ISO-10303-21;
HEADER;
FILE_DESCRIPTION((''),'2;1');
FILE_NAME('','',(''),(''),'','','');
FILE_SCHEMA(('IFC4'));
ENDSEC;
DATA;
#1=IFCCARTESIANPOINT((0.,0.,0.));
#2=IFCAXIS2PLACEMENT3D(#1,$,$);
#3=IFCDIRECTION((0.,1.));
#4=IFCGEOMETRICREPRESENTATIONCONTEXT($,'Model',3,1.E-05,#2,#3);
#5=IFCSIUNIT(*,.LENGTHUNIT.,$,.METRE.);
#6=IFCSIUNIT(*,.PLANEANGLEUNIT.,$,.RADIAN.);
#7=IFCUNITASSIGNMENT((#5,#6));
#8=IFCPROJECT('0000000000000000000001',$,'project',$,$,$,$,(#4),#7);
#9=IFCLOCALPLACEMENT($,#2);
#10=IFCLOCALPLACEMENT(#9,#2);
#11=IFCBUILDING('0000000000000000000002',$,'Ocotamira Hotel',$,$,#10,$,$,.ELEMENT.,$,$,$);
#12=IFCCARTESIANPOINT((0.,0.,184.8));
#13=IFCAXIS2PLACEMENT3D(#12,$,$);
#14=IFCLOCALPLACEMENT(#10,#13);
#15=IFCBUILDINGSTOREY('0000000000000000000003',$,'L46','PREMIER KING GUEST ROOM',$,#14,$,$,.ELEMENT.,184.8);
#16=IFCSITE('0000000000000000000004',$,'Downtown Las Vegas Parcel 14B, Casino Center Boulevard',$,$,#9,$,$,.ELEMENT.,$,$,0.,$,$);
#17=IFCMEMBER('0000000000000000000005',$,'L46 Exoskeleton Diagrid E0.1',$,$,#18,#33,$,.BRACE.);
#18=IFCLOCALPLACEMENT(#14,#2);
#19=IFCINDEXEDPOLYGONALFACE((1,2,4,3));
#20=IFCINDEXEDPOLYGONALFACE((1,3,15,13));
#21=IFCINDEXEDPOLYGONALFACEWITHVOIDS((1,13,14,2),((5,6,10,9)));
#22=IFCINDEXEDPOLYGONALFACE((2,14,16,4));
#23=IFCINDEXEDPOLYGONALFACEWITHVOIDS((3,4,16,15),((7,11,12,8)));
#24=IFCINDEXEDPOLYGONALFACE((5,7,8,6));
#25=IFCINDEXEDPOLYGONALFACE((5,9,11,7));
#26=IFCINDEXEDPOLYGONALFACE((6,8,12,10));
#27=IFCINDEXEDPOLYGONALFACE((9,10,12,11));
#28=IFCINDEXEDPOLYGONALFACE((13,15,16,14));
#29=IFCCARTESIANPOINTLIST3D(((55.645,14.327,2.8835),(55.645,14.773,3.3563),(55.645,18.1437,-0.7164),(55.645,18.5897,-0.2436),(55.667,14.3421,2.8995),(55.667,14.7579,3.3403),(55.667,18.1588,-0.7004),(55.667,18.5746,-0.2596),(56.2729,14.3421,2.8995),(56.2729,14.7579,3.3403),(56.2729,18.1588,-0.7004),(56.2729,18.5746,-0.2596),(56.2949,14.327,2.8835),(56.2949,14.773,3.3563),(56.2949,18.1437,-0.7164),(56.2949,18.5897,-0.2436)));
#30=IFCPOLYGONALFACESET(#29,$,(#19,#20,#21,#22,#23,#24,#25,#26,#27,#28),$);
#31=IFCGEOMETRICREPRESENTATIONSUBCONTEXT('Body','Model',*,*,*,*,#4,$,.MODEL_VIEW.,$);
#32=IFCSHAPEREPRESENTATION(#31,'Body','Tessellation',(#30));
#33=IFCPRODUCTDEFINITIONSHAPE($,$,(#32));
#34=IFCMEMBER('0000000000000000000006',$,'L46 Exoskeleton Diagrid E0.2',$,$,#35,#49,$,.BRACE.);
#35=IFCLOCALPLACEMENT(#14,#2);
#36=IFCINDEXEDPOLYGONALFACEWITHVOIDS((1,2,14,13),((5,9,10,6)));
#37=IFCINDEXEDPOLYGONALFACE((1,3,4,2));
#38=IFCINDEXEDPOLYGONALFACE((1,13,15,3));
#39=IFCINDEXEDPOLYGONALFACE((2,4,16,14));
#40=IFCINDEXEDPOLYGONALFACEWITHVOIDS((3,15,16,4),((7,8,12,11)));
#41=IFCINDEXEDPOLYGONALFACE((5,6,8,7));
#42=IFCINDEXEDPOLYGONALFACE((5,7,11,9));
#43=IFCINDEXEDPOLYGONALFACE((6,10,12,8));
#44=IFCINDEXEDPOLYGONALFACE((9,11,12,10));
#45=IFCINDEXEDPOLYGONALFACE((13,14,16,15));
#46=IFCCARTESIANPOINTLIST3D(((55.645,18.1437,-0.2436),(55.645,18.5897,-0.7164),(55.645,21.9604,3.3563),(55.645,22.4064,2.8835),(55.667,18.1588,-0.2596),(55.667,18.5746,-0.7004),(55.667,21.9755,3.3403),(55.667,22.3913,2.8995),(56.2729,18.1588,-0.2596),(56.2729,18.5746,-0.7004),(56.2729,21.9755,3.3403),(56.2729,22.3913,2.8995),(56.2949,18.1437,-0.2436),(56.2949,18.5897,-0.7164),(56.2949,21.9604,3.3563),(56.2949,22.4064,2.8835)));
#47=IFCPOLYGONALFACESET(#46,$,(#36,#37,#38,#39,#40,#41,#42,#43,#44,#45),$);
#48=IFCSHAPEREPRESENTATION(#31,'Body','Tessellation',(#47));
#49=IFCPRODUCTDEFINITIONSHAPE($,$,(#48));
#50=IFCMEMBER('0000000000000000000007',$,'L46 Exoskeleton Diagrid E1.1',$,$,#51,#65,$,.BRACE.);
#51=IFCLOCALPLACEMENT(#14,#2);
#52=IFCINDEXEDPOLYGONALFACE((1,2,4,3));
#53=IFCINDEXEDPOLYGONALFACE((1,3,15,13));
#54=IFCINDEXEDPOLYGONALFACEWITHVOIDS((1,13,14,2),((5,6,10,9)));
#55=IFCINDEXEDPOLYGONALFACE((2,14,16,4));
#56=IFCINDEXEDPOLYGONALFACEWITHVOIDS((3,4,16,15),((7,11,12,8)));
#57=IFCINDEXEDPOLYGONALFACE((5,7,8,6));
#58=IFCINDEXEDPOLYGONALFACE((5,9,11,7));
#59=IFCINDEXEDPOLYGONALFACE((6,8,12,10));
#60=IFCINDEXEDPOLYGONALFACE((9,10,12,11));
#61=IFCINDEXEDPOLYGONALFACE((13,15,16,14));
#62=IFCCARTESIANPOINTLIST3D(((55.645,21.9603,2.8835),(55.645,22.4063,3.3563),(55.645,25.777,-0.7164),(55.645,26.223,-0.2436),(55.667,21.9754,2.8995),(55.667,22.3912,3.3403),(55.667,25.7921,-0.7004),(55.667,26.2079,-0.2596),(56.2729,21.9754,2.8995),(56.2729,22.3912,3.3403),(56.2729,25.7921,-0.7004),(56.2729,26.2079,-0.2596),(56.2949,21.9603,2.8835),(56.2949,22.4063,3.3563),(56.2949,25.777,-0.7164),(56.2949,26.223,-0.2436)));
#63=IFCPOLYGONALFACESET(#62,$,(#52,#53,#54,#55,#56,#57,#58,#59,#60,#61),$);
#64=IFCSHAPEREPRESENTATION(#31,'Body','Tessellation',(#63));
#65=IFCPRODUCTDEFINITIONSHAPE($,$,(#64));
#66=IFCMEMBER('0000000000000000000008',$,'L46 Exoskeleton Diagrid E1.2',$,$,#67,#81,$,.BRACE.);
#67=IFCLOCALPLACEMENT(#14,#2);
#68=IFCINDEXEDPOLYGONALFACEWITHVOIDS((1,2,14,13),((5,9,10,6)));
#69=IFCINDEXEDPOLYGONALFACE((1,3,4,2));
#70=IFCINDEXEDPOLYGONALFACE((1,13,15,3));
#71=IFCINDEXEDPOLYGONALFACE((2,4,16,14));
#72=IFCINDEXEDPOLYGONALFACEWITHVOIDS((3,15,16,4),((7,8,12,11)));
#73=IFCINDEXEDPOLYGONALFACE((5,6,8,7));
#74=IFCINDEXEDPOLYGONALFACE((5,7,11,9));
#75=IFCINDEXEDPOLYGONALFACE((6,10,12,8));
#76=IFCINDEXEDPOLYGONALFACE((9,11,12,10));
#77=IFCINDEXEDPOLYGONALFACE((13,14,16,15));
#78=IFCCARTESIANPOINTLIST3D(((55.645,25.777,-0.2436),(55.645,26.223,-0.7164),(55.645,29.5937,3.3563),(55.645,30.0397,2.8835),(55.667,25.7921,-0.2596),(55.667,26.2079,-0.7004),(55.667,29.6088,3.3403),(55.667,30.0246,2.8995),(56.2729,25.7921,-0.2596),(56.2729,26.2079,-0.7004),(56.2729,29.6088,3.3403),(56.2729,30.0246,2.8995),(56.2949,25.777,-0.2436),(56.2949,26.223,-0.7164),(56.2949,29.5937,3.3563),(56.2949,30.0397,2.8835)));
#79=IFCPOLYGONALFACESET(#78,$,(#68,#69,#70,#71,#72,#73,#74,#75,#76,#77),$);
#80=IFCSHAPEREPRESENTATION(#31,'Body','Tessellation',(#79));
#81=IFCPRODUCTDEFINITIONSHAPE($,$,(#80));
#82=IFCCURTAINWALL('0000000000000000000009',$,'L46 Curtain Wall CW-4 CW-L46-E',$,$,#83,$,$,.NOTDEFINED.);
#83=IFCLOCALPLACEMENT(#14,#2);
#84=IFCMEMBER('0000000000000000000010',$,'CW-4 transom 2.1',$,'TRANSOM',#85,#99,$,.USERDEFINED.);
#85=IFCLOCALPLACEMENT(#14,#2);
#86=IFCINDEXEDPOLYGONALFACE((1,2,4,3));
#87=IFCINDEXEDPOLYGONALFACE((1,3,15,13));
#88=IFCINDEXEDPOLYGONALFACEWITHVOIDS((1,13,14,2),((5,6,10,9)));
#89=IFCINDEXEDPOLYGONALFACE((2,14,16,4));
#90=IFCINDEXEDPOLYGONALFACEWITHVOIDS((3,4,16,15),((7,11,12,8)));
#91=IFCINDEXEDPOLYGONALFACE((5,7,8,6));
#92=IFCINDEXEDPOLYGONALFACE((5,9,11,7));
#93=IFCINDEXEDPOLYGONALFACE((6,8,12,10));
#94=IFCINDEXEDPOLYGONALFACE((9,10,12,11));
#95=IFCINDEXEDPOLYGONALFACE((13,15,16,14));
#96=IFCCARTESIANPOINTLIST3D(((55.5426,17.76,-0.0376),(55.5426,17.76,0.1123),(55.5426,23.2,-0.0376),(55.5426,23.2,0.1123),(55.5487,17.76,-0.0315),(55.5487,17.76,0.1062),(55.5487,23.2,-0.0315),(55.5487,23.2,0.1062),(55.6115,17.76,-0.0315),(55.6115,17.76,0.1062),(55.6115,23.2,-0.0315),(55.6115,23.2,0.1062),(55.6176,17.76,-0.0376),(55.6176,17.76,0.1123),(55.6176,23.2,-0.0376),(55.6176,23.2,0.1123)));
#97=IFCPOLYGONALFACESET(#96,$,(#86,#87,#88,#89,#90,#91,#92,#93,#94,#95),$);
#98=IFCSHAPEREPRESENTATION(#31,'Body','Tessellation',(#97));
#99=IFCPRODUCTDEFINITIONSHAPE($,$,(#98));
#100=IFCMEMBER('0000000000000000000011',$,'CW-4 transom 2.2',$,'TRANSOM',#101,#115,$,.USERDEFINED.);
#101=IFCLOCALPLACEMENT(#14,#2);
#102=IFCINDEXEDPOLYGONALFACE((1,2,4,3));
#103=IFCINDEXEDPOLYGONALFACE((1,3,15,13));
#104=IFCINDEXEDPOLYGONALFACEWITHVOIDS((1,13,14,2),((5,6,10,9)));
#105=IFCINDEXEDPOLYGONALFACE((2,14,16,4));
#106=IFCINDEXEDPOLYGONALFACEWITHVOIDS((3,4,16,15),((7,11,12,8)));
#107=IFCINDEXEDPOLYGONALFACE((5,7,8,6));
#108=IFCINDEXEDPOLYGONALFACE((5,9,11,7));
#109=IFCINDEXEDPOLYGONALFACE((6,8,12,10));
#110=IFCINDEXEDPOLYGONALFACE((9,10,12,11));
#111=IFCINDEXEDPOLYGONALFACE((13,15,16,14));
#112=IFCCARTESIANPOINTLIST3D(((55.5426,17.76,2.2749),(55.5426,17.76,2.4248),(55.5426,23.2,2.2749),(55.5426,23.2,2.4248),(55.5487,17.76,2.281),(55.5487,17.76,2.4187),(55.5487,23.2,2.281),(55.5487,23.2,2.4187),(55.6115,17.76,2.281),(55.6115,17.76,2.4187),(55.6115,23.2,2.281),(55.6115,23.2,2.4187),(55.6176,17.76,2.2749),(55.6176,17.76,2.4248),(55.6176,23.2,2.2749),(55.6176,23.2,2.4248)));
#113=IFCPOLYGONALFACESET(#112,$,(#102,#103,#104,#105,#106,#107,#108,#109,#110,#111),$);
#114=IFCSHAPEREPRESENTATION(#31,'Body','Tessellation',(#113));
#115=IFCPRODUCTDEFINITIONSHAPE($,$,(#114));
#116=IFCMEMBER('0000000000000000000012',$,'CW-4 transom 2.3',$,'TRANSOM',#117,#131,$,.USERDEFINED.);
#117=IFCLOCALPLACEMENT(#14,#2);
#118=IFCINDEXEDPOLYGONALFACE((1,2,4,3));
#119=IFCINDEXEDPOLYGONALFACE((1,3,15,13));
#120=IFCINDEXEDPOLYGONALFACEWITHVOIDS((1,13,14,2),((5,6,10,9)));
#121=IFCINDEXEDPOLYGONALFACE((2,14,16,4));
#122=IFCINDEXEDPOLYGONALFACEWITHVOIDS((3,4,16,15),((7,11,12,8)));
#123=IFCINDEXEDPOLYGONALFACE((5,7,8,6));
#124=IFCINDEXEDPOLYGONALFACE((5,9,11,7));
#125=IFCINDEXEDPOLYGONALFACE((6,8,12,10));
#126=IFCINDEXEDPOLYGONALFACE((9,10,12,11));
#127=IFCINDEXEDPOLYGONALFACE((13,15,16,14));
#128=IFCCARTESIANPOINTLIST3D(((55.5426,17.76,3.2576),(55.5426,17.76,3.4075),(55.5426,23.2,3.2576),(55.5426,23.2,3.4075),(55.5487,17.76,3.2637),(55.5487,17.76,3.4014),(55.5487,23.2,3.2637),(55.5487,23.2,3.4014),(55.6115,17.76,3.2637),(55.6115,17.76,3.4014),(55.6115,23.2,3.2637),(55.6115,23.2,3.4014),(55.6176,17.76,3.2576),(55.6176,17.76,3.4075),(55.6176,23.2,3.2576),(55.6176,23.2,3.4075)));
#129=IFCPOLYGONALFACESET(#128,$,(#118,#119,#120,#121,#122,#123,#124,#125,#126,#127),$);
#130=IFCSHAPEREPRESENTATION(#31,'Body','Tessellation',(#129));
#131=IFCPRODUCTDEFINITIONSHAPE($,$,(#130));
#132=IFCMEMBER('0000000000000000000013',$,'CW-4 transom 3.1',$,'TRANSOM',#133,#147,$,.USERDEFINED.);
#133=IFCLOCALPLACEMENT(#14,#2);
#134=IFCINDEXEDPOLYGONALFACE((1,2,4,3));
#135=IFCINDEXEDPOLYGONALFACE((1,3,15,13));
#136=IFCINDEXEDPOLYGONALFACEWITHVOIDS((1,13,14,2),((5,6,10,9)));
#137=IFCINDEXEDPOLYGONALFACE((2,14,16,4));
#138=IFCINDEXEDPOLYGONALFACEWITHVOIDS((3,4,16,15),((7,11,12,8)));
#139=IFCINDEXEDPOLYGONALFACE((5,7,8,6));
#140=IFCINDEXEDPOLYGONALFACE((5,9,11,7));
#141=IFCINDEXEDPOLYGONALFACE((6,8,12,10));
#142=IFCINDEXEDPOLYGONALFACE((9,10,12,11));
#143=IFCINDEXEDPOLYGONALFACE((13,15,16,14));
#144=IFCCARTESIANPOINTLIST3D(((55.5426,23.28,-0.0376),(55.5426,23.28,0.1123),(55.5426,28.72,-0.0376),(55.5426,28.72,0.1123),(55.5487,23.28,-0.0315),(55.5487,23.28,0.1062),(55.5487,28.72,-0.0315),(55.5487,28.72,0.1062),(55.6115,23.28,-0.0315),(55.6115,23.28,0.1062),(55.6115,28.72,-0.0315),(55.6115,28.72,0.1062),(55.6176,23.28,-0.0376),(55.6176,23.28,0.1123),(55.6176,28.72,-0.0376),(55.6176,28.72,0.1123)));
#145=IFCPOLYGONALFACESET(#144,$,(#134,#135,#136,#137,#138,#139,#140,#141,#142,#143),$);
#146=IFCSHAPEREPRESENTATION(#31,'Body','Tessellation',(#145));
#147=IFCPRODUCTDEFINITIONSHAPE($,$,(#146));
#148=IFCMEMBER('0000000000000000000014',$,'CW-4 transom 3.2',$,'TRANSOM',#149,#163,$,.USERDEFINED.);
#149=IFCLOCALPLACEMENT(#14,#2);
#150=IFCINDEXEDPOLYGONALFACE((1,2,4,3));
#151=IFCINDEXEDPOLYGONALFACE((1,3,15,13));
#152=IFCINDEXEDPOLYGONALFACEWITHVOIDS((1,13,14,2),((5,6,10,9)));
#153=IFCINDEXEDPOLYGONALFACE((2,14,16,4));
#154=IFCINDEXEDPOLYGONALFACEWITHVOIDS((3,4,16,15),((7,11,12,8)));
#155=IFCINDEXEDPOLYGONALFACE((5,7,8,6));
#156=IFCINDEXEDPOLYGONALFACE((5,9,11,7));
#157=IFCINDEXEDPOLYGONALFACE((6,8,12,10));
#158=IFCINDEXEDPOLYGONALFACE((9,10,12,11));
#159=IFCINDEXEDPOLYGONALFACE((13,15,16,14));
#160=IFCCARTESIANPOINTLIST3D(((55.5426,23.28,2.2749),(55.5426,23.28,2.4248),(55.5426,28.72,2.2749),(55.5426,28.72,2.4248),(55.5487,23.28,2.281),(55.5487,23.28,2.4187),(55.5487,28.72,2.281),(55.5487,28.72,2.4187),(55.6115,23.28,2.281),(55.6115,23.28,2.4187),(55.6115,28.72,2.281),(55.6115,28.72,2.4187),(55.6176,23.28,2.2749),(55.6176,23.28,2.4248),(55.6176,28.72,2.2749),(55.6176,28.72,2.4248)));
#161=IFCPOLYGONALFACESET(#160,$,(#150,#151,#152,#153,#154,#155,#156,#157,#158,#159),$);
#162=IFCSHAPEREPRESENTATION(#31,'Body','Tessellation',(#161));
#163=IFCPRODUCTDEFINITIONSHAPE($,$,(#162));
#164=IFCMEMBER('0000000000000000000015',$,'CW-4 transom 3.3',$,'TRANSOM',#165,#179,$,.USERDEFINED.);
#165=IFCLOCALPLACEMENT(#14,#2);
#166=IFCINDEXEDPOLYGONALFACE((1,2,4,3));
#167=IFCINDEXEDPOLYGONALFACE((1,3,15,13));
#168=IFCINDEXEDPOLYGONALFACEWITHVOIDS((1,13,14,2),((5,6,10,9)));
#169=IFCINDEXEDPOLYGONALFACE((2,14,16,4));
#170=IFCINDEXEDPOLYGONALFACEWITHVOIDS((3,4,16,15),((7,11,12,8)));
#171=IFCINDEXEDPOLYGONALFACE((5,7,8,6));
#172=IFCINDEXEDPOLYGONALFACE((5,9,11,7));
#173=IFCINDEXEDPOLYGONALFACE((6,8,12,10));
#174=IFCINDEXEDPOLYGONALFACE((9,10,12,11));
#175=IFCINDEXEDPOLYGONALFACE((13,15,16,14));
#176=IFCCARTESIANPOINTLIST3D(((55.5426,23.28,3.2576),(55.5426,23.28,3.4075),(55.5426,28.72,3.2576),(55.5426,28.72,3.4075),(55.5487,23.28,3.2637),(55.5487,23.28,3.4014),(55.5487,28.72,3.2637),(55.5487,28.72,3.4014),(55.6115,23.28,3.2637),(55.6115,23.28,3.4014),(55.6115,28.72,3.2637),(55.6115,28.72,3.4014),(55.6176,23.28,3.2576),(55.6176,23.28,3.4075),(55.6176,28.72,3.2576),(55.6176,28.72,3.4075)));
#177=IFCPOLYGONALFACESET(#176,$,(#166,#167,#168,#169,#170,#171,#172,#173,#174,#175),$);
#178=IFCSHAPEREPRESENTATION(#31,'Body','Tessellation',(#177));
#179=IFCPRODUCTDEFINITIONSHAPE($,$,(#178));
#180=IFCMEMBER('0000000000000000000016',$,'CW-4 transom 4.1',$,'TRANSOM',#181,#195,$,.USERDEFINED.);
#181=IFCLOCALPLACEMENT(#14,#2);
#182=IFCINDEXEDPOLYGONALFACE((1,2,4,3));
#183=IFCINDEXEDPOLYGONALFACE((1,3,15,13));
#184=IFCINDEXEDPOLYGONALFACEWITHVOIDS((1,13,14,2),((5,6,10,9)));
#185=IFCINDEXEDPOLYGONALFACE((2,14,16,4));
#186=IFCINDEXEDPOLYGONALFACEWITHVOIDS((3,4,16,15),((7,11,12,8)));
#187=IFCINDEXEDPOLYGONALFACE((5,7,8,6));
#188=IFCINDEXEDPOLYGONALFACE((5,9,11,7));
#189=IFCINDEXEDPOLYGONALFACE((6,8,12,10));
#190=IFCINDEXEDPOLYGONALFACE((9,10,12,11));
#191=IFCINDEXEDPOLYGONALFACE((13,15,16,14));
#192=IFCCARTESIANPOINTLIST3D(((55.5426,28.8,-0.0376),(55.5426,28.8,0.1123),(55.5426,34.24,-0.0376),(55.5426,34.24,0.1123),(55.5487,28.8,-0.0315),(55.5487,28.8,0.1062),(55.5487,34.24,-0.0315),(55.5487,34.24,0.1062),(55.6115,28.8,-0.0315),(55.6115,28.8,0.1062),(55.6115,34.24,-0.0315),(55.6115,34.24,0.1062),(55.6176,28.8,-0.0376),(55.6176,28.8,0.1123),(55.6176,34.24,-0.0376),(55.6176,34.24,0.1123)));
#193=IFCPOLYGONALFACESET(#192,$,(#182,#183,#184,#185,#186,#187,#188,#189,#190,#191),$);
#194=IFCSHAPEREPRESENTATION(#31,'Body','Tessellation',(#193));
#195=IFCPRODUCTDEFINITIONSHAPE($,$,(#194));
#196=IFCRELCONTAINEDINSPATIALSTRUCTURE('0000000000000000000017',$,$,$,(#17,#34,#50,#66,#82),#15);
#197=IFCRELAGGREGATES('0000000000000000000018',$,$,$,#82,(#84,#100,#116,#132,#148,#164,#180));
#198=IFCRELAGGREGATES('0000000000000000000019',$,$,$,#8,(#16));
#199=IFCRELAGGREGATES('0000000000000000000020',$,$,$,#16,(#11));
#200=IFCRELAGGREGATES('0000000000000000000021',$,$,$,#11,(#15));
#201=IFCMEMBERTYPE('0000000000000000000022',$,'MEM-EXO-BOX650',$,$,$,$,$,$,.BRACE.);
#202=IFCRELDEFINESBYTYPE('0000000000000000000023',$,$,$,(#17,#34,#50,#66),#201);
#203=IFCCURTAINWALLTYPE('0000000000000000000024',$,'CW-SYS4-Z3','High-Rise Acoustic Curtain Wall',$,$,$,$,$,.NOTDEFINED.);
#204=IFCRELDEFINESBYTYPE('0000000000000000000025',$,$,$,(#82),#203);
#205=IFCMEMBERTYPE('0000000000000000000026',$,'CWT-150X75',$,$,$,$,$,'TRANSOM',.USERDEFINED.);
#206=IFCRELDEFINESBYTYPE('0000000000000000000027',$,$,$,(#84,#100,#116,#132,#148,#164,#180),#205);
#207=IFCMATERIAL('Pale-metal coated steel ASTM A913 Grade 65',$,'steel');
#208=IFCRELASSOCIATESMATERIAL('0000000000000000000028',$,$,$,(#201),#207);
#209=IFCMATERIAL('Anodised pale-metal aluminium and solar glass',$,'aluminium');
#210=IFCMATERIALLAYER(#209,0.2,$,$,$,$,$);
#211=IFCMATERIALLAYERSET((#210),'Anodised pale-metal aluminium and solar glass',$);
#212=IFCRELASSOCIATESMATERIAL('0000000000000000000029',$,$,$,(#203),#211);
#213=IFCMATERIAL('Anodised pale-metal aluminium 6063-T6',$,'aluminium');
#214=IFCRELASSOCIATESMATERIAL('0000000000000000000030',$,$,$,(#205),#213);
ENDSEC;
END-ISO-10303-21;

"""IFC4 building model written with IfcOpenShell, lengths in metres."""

from ifc_helpers import new_model, si_unit, direction, frame, origin, origin_2d, place, context, subcontext, project, spatial, hollow_rectangle, extrude, source, transform, mapped, material, layer, layer_set, material_profile, profile_set, type_object, element, aggregate, save


model = new_model("IFC4")

# Units and contexts
model_context = context("Model", 3, precision=1e-05, world=origin(), true_north=direction((0.0, 1.0)))
body_context = subcontext(model_context, "Body", "Model", "MODEL_VIEW")
ifc_project = project(units=[si_unit("LENGTHUNIT", "METRE"), si_unit("PLANEANGLEUNIT", "RADIAN")], contexts=[model_context])

# Site, building, storey
site_placement = place(None, origin())
site = spatial("IfcSite", under=ifc_project, at=site_placement, Name="Downtown Las Vegas Parcel 14B, Casino Center Boulevard", CompositionType="ELEMENT", RefElevation=0.0)
building_placement = place(site_placement, origin())
building = spatial("IfcBuilding", under=site, at=building_placement, Name="Ocotamira Hotel", CompositionType="ELEMENT")
storey_placement = place(building_placement, frame((0.0, 0.0, 184.8)))
storey = spatial("IfcBuildingStorey", under=building, at=storey_placement, Name="L46", Description="PREMIER KING GUEST ROOM", CompositionType="ELEMENT", Elevation=184.8)

# Members
ifc_material_1 = material(Name="Pale-metal coated steel ASTM A913 Grade 65", Category="steel")
ifc_material_profile_1 = material_profile(ifc_material_1, hollow_rectangle(XDim=0.6499, YDim=0.6499, WallThickness=0.022, at=origin_2d()), Name="BOX650X650X22")
ifc_profile_set_1 = profile_set([ifc_material_profile_1], Name="Pale-metal coated steel ASTM A913 Grade 65")
member_type_1 = type_object("IfcMemberType", Name="MEM-EXO-BOX650", PredefinedType="BRACE", material=ifc_profile_set_1)
shared_shape_1 = source(origin(), body_context, "Body", "SweptSolid", [
    extrude(hollow_rectangle(XDim=0.6499, YDim=0.6499, WallThickness=0.022, at=origin_2d()), origin(), (0.0, 0.0, 1.0), 5.2466),
])
for number, where, z_axis, x_axis, name in (
    (1, (55.97, 18.3667, -0.48), (0.0, -0.727466, 0.686144), (1.0, 0.0, 0.0), "L46 Exoskeleton Diagrid E0.1"),
    (2, (55.97, 18.3667, -0.48), (0.0, 0.727466, 0.686144), (-1.0, 0.0, 0.0), "L46 Exoskeleton Diagrid E0.2"),
    (3, (55.97, 26.0, -0.48), (0.0, -0.727466, 0.686144), (1.0, 0.0, 0.0), "L46 Exoskeleton Diagrid E1.1"),
    (4, (55.97, 26.0, -0.48), (0.0, 0.727466, 0.686144), (-1.0, 0.0, 0.0), "L46 Exoskeleton Diagrid E1.2"),
):
    element("IfcMember", number, at=place(storey_placement, frame(where, z_axis=z_axis, x_axis=x_axis)), inside=storey, type_object=member_type_1, Name=name, PredefinedType="BRACE", context=body_context, shape_type="MappedRepresentation", body=[
        mapped(shared_shape_1, transform((0.0, 0.0, 0.0), scale=1.0)),
    ])

# Curtain wall, members
ifc_material_2 = material(Name="Anodised pale-metal aluminium and solar glass", Category="aluminium")
ifc_layer_1 = layer(ifc_material_2, 0.2)
ifc_layer_set_1 = layer_set([ifc_layer_1], Name="Anodised pale-metal aluminium and solar glass")
curtain_wall_type = type_object("IfcCurtainWallType", Name="CW-SYS4-Z3", Description="High-Rise Acoustic Curtain Wall", PredefinedType="NOTDEFINED", material=ifc_layer_set_1)
curtain_wall_placement = place(storey_placement, origin())
curtain_wall = element("IfcCurtainWall", 5, at=curtain_wall_placement, inside=storey, type_object=curtain_wall_type, Name="L46 Curtain Wall CW-4 CW-L46-E", PredefinedType="NOTDEFINED")
ifc_material_3 = material(Name="Anodised pale-metal aluminium 6063-T6", Category="aluminium")
ifc_material_profile_2 = material_profile(ifc_material_3, hollow_rectangle(XDim=0.075, YDim=0.1499, WallThickness=0.0061, at=origin_2d()), Name="HSS150X75X6")
ifc_profile_set_2 = profile_set([ifc_material_profile_2], Name="Anodised pale-metal aluminium 6063-T6")
member_type_2 = type_object("IfcMemberType", Name="CWT-150X75", ElementType="TRANSOM", PredefinedType="USERDEFINED", material=ifc_profile_set_2)
shared_shape_2 = source(origin(), body_context, "Body", "SweptSolid", [
    extrude(hollow_rectangle(XDim=0.075, YDim=0.1499, WallThickness=0.0061, at=origin_2d()), origin(), (0.0, 0.0, 1.0), 5.4399),
])
member_1_placement = place(storey_placement, frame((55.5801, 17.76, 0.0374), z_axis=(0.0, 1.0, 0.0), x_axis=(-1.0, 0.0, 0.0)))
member_1 = element("IfcMember", 6, at=member_1_placement, type_object=member_type_2, Name="CW-4 transom 2.1", ObjectType="TRANSOM", PredefinedType="USERDEFINED", context=body_context, shape_type="MappedRepresentation", body=[
    mapped(shared_shape_2, transform((0.0, 0.0, 0.0), scale=1.0)),
])
member_2_placement = place(storey_placement, frame((55.5801, 17.76, 2.3499), z_axis=(0.0, 1.0, 0.0), x_axis=(-1.0, 0.0, 0.0)))
member_2 = element("IfcMember", 7, at=member_2_placement, type_object=member_type_2, Name="CW-4 transom 2.2", ObjectType="TRANSOM", PredefinedType="USERDEFINED", context=body_context, shape_type="MappedRepresentation", body=[
    mapped(shared_shape_2, transform((0.0, 0.0, 0.0), scale=1.0)),
])
member_3_placement = place(storey_placement, frame((55.5801, 17.76, 3.3325), z_axis=(0.0, 1.0, 0.0), x_axis=(-1.0, 0.0, 0.0)))
member_3 = element("IfcMember", 8, at=member_3_placement, type_object=member_type_2, Name="CW-4 transom 2.3", ObjectType="TRANSOM", PredefinedType="USERDEFINED", context=body_context, shape_type="MappedRepresentation", body=[
    mapped(shared_shape_2, transform((0.0, 0.0, 0.0), scale=1.0)),
])
member_4_placement = place(storey_placement, frame((55.5801, 23.28, 0.0374), z_axis=(0.0, 1.0, 0.0), x_axis=(-1.0, 0.0, 0.0)))
member_4 = element("IfcMember", 9, at=member_4_placement, type_object=member_type_2, Name="CW-4 transom 3.1", ObjectType="TRANSOM", PredefinedType="USERDEFINED", context=body_context, shape_type="MappedRepresentation", body=[
    mapped(shared_shape_2, transform((0.0, 0.0, 0.0), scale=1.0)),
])
member_5_placement = place(storey_placement, frame((55.5801, 23.28, 2.3499), z_axis=(0.0, 1.0, 0.0), x_axis=(-1.0, 0.0, 0.0)))
member_5 = element("IfcMember", 10, at=member_5_placement, type_object=member_type_2, Name="CW-4 transom 3.2", ObjectType="TRANSOM", PredefinedType="USERDEFINED", context=body_context, shape_type="MappedRepresentation", body=[
    mapped(shared_shape_2, transform((0.0, 0.0, 0.0), scale=1.0)),
])
member_6_placement = place(storey_placement, frame((55.5801, 23.28, 3.3325), z_axis=(0.0, 1.0, 0.0), x_axis=(-1.0, 0.0, 0.0)))
member_6 = element("IfcMember", 11, at=member_6_placement, type_object=member_type_2, Name="CW-4 transom 3.3", ObjectType="TRANSOM", PredefinedType="USERDEFINED", context=body_context, shape_type="MappedRepresentation", body=[
    mapped(shared_shape_2, transform((0.0, 0.0, 0.0), scale=1.0)),
])
member_7_placement = place(storey_placement, frame((55.5801, 28.8, 0.0374), z_axis=(0.0, 1.0, 0.0), x_axis=(-1.0, 0.0, 0.0)))
member_7 = element("IfcMember", 12, at=member_7_placement, type_object=member_type_2, Name="CW-4 transom 4.1", ObjectType="TRANSOM", PredefinedType="USERDEFINED", context=body_context, shape_type="MappedRepresentation", body=[
    mapped(shared_shape_2, transform((0.0, 0.0, 0.0), scale=1.0)),
])

aggregate(curtain_wall, [member_1, member_2, member_3, member_4, member_5, member_6, member_7])

save(model, "model.ifc")
